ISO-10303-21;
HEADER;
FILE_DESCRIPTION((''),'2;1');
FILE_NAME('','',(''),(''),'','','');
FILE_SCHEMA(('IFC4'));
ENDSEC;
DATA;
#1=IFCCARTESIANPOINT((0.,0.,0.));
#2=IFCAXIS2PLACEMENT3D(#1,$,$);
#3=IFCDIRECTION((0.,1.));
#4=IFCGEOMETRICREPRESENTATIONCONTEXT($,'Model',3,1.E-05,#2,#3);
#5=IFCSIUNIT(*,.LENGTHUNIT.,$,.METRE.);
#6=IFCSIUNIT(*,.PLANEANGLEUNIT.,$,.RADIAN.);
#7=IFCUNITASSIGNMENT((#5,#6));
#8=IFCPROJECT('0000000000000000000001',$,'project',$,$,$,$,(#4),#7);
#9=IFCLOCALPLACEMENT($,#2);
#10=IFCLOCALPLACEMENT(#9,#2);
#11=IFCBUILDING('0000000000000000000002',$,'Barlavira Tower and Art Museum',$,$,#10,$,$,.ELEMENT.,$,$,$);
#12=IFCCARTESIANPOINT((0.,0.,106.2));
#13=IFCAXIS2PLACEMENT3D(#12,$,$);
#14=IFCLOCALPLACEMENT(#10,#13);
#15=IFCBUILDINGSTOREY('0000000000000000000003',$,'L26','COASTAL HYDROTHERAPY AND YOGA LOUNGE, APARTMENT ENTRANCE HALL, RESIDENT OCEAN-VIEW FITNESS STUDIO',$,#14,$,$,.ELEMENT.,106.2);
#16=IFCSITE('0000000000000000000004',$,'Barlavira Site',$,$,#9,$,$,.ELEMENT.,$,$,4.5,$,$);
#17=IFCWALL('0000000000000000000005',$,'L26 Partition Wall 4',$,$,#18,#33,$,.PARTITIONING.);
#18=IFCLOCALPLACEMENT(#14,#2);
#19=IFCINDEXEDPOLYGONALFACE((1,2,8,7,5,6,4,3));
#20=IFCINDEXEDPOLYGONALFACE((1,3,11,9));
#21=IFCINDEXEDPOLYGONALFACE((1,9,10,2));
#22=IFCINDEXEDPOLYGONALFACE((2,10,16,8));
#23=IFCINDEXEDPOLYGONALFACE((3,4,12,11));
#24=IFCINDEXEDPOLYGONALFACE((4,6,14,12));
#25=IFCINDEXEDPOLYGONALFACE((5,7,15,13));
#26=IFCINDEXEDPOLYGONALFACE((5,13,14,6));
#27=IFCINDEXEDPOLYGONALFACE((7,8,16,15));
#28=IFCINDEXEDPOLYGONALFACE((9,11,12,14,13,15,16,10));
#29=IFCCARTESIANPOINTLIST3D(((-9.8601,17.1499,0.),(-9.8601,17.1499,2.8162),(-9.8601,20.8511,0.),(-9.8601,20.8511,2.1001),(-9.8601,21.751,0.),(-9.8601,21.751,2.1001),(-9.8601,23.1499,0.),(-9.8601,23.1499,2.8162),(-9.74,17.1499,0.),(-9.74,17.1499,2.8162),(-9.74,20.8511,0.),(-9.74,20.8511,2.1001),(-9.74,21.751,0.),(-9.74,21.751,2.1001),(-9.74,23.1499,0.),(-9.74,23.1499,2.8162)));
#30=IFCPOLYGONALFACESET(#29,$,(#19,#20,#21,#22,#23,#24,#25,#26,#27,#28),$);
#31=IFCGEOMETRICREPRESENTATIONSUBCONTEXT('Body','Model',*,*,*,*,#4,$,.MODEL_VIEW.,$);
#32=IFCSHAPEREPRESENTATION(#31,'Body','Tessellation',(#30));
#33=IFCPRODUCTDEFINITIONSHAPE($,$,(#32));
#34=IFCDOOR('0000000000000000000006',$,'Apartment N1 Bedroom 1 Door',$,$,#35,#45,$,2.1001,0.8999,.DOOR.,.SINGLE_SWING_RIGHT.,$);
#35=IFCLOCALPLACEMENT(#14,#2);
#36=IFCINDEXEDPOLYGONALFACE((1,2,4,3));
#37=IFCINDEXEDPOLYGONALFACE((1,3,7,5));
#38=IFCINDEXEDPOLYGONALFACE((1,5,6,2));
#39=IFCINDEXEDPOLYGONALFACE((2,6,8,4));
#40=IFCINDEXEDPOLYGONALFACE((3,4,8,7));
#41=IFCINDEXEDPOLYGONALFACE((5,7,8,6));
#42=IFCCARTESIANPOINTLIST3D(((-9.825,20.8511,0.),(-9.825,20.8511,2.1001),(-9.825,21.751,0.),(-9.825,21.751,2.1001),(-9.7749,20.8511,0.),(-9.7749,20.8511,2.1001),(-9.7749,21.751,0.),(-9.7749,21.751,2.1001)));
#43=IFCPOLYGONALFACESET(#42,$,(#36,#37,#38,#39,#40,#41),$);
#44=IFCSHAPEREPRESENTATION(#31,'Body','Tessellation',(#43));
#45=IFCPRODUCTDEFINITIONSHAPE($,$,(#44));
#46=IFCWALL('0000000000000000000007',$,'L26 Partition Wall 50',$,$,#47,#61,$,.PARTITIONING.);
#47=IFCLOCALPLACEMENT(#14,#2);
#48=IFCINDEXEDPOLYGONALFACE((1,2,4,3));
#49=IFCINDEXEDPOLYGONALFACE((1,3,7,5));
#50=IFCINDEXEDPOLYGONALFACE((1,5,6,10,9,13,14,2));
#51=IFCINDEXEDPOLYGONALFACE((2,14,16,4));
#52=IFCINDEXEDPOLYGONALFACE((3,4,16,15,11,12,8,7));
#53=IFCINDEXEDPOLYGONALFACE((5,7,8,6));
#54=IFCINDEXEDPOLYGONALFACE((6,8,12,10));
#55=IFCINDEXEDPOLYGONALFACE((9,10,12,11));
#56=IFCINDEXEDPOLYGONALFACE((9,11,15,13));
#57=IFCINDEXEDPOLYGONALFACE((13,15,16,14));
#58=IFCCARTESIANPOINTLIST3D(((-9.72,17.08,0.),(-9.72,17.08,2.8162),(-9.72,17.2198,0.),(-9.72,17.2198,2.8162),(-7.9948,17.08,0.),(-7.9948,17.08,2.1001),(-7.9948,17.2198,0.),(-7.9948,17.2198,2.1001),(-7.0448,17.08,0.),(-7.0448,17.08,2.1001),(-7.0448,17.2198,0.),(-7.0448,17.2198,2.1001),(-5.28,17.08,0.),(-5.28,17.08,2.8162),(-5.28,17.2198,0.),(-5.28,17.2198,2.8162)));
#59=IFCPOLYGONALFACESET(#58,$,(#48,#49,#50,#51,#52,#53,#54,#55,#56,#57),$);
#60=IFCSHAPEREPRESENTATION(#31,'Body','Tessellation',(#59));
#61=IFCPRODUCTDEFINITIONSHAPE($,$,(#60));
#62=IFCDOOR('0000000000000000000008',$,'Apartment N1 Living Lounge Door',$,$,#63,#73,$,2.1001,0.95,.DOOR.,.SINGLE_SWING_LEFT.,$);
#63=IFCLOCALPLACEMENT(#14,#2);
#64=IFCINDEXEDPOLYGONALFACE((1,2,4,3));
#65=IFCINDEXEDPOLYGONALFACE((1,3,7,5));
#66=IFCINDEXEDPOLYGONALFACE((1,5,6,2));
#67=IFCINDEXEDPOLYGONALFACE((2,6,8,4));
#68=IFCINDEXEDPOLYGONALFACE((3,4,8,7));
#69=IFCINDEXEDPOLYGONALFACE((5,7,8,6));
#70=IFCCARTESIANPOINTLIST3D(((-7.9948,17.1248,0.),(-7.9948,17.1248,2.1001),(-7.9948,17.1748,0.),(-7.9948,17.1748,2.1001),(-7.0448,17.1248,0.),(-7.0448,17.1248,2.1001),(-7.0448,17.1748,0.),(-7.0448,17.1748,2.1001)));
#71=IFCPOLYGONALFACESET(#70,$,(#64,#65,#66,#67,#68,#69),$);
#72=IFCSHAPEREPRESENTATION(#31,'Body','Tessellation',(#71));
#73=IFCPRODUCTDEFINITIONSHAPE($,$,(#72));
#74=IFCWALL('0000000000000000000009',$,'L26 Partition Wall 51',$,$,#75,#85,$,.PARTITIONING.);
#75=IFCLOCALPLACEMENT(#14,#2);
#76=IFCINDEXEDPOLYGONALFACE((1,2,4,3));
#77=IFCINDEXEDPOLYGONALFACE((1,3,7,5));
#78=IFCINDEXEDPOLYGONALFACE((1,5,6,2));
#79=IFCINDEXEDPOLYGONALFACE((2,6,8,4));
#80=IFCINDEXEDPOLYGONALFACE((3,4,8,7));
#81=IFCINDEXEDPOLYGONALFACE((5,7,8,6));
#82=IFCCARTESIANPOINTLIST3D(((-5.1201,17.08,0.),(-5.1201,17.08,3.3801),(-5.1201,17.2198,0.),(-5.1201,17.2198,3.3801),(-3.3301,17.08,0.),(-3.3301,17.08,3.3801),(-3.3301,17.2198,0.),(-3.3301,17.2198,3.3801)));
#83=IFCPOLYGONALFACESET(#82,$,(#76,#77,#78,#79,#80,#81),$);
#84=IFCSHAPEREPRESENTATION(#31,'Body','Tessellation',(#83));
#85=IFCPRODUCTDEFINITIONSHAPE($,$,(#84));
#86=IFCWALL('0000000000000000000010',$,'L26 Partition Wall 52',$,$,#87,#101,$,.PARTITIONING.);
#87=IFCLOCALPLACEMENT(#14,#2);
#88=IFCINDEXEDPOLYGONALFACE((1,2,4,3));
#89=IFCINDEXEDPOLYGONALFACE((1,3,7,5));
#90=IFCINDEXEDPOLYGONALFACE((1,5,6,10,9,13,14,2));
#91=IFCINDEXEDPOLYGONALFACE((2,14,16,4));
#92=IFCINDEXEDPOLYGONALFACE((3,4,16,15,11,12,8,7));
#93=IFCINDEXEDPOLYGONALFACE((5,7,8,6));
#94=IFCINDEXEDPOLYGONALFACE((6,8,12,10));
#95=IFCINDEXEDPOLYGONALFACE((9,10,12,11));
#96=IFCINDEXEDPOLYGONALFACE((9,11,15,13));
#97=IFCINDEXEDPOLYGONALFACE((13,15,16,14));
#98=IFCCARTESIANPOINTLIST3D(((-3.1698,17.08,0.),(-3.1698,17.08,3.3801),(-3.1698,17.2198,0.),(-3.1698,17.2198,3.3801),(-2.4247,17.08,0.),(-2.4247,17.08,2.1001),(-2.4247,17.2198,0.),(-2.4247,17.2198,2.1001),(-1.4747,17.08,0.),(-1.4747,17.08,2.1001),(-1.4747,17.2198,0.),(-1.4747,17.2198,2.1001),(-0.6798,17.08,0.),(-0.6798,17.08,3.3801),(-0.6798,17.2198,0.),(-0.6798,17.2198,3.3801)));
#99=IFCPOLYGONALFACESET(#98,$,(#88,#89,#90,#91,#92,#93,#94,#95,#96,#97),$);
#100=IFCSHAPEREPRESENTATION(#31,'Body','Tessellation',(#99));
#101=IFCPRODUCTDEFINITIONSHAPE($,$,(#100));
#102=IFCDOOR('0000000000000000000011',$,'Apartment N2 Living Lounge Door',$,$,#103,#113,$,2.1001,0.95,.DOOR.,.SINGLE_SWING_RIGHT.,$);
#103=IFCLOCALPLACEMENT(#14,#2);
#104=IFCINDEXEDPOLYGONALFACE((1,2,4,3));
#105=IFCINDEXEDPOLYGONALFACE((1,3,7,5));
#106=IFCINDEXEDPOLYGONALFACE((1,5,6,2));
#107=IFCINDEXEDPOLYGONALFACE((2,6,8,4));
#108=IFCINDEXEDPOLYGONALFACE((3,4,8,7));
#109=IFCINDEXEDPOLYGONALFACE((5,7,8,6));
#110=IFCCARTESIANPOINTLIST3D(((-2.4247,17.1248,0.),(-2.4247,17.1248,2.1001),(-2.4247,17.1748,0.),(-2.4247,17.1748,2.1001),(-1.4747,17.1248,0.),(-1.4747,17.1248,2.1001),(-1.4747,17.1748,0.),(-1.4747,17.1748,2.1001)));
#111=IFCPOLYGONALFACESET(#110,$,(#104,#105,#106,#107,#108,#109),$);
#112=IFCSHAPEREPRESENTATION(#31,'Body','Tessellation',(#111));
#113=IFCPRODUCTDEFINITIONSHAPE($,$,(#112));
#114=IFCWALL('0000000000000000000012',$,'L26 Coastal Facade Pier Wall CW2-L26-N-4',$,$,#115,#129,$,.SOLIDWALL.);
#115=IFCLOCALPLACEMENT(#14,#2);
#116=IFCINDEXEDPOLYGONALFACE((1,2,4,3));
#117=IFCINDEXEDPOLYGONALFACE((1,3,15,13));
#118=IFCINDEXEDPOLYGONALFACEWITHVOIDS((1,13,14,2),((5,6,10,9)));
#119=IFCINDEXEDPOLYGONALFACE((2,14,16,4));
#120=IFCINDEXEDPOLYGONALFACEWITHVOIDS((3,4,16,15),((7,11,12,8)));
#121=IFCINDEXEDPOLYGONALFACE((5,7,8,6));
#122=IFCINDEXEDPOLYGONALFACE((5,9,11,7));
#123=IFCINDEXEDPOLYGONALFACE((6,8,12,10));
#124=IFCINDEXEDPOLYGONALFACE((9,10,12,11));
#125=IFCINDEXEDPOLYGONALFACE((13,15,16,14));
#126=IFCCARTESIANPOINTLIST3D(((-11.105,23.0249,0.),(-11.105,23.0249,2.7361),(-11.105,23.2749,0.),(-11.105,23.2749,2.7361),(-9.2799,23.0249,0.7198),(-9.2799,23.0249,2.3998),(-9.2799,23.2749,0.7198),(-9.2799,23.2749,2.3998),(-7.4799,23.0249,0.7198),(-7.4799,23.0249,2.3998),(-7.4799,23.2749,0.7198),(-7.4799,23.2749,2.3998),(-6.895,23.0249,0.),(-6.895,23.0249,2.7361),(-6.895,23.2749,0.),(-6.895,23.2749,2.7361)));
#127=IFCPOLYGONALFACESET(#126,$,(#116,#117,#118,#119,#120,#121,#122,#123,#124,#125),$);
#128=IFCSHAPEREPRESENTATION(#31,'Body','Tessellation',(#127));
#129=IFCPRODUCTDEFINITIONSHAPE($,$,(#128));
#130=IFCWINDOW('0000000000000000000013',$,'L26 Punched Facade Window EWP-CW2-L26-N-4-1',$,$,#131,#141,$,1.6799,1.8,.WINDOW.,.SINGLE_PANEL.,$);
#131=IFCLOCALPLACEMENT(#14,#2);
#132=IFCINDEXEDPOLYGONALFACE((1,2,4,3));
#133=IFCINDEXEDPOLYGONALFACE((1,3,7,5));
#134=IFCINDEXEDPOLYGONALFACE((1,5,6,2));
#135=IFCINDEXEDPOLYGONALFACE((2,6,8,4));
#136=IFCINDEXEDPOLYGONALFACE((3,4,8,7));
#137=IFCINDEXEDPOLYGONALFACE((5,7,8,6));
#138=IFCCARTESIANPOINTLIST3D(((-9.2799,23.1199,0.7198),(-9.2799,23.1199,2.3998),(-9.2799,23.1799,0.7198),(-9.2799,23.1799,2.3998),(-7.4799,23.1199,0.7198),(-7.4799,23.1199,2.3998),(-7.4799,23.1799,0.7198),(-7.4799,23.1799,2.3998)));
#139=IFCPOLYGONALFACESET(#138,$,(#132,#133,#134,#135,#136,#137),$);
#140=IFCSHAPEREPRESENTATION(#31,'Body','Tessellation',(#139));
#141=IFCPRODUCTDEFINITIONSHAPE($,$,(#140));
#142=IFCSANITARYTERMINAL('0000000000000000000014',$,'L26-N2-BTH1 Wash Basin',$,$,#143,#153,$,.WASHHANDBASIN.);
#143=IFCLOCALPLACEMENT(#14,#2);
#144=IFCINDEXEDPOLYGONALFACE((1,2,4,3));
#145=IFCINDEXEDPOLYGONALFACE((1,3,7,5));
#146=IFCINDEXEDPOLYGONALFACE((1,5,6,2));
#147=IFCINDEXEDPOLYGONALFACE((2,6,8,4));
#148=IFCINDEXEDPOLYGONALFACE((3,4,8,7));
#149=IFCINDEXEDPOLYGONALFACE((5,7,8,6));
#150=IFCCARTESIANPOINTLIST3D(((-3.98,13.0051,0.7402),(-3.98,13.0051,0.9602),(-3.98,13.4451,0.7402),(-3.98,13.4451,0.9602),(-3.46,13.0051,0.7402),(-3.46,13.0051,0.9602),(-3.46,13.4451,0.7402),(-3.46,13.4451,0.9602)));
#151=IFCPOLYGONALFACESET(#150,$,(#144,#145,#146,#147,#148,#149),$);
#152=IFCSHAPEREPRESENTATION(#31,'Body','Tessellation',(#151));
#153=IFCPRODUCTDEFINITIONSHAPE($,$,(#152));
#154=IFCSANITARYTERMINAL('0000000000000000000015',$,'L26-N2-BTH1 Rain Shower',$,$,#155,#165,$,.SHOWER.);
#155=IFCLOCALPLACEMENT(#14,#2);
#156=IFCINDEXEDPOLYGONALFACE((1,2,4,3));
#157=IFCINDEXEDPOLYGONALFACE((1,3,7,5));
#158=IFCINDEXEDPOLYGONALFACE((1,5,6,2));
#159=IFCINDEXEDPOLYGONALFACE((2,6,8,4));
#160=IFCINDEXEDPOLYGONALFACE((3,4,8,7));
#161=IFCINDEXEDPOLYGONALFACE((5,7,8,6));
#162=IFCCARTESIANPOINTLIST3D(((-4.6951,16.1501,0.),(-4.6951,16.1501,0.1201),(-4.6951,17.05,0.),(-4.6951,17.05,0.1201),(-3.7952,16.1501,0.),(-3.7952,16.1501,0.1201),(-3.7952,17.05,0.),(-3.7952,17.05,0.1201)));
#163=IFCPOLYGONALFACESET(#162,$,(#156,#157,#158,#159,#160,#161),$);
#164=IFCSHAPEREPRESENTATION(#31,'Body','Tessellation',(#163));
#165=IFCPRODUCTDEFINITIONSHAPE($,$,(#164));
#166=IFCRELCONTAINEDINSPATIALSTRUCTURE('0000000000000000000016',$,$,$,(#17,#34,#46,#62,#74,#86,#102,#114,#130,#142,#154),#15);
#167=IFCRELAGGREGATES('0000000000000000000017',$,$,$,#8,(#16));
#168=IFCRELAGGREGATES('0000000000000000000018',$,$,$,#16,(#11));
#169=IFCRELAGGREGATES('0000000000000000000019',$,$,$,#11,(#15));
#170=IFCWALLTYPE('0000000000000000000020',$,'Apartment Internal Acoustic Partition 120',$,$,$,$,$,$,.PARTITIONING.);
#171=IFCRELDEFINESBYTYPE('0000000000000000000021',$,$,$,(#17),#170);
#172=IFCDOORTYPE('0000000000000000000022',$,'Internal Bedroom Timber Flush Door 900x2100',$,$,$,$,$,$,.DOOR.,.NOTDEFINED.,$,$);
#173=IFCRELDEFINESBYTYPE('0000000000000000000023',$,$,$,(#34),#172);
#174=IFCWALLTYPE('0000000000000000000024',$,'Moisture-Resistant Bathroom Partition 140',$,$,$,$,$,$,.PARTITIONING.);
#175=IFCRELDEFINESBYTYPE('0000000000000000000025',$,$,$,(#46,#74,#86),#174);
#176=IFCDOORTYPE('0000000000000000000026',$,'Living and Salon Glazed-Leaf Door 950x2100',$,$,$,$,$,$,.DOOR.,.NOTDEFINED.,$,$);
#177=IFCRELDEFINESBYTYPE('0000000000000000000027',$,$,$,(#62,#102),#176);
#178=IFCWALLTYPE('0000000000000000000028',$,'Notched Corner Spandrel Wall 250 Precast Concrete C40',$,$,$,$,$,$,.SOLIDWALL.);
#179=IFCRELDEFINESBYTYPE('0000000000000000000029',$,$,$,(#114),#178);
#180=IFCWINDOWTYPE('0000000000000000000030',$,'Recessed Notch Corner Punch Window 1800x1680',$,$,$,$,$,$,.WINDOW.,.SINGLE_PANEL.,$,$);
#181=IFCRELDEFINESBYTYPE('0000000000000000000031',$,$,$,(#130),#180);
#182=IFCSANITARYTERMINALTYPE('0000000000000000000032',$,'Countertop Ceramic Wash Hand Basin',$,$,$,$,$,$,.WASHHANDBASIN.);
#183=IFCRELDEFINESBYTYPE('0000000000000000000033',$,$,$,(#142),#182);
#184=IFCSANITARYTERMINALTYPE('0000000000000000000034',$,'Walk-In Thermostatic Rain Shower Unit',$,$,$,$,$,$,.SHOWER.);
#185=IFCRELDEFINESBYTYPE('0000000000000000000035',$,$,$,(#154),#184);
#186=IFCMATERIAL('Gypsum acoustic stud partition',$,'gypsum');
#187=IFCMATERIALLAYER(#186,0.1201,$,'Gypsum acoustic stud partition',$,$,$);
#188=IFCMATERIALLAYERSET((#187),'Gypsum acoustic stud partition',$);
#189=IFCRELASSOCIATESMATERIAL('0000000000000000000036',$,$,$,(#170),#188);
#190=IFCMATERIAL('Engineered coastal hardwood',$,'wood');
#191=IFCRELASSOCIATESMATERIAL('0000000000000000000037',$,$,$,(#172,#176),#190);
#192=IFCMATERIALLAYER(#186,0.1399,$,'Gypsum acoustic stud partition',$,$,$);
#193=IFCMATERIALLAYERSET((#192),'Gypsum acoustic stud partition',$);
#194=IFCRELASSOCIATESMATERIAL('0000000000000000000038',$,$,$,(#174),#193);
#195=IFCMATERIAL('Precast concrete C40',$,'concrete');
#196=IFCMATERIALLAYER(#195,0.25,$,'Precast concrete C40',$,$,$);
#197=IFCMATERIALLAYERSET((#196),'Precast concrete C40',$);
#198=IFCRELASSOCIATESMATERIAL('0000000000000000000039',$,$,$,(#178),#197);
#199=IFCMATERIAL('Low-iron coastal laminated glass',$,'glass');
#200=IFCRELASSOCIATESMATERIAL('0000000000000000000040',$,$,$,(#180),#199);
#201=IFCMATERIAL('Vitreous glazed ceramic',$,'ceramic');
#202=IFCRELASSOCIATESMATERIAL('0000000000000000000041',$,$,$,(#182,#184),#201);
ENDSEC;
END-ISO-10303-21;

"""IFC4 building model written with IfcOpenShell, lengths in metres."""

from ifc_helpers import new_model, si_unit, direction, frame, frame_2d, origin, origin_2d, place, context, subcontext, project, spatial, rectangle, extrude, material, layer, layer_set, type_object, element, fill, save


model = new_model("IFC4")

# Units and contexts
model_context = context("Model", 3, precision=1e-05, world=origin(), true_north=direction((0.0, 1.0)))
body_context = subcontext(model_context, "Body", "Model", "MODEL_VIEW")
ifc_project = project(units=[si_unit("LENGTHUNIT", "METRE"), si_unit("PLANEANGLEUNIT", "RADIAN")], contexts=[model_context])

# Site, building, storey
site_placement = place(None, origin())
site = spatial("IfcSite", under=ifc_project, at=site_placement, Name="Barlavira Site", CompositionType="ELEMENT", RefElevation=4.5)
building_placement = place(site_placement, origin())
building = spatial("IfcBuilding", under=site, at=building_placement, Name="Barlavira Tower and Art Museum", CompositionType="ELEMENT")
storey_placement = place(building_placement, frame((0.0, 0.0, 106.2)))
storey = spatial("IfcBuildingStorey", under=building, at=storey_placement, Name="L26", Description="COASTAL HYDROTHERAPY AND YOGA LOUNGE, APARTMENT ENTRANCE HALL, RESIDENT OCEAN-VIEW FITNESS STUDIO", CompositionType="ELEMENT", Elevation=106.2)

# Shared definitions
ifc_material_1 = material(Name="Low-iron coastal laminated glass", Category="glass")

# Walls, openings, doors
ifc_material_2 = material(Name="Gypsum acoustic stud partition", Category="gypsum")
ifc_layer_1 = layer(ifc_material_2, 0.1201, Name="Gypsum acoustic stud partition")
ifc_layer_set_1 = layer_set([ifc_layer_1], Name="Gypsum acoustic stud partition")
wall_type_1 = type_object("IfcWallType", Name="Apartment Internal Acoustic Partition 120", PredefinedType="PARTITIONING", material=ifc_layer_set_1)
wall_1_placement = place(storey_placement, frame((-9.8, 17.1499, 0.0), z_axis=(0.0, 0.0, 1.0), x_axis=(0.0, 1.0, 0.0)))
wall_1 = element("IfcWall", 1, at=wall_1_placement, inside=storey, type_object=wall_type_1, Name="L26 Partition Wall 4", PredefinedType="PARTITIONING", context=body_context, shape_type="SweptSolid", body=[
    extrude(rectangle(XDim=6.0, YDim=0.1201, at=frame_2d((3.0, 0.0))), origin(), (0.0, 0.0, 1.0), 2.8162),
])
opening_1_placement = place(wall_1_placement, frame((3.7012, 0.0, 0.0)))
opening_1 = element("IfcOpeningElement", 2, at=opening_1_placement, cuts=wall_1, PredefinedType="OPENING", context=body_context, shape_type="SweptSolid", body=[
    extrude(rectangle(XDim=0.8999, YDim=2.1001, at=frame_2d((0.45, 1.05))), frame((0.0, 0.0701, 0.0), z_axis=(0.0, -1.0, 0.0), x_axis=(1.0, 0.0, 0.0)), (0.0, 0.0, 1.0), 0.1401),
])
ifc_material_3 = material(Name="Engineered coastal hardwood", Category="wood")
door_type_1 = type_object("IfcDoorType", Name="Internal Bedroom Timber Flush Door 900x2100", OperationType="NOTDEFINED", PredefinedType="DOOR", material=ifc_material_3)
door_1_placement = place(opening_1_placement, origin())
door_1 = element("IfcDoor", 3, at=door_1_placement, inside=storey, type_object=door_type_1, Name="Apartment N1 Bedroom 1 Door", OperationType="SINGLE_SWING_RIGHT", OverallHeight=2.1001, OverallWidth=0.8999, PredefinedType="DOOR", context=body_context, shape_type="SweptSolid", body=[
    extrude(rectangle(XDim=0.8999, YDim=2.1001, at=frame_2d((0.45, 1.05))), frame((0.0, 0.0249, 0.0), z_axis=(0.0, -1.0, 0.0), x_axis=(1.0, 0.0, 0.0)), (0.0, 0.0, 1.0), 0.05),
])
fill(opening_1, door_1)
ifc_layer_2 = layer(ifc_material_2, 0.1399, Name="Gypsum acoustic stud partition")
ifc_layer_set_2 = layer_set([ifc_layer_2], Name="Gypsum acoustic stud partition")
wall_type_2 = type_object("IfcWallType", Name="Moisture-Resistant Bathroom Partition 140", PredefinedType="PARTITIONING", material=ifc_layer_set_2)
wall_2_placement = place(storey_placement, frame((-9.72, 17.1499, 0.0), z_axis=(0.0, 0.0, 1.0), x_axis=(1.0, 0.0, 0.0)))
wall_2 = element("IfcWall", 4, at=wall_2_placement, inside=storey, type_object=wall_type_2, Name="L26 Partition Wall 50", PredefinedType="PARTITIONING", context=body_context, shape_type="SweptSolid", body=[
    extrude(rectangle(XDim=4.4399, YDim=0.1399, at=frame_2d((2.22, 0.0))), origin(), (0.0, 0.0, 1.0), 2.8162),
])
opening_2_placement = place(wall_2_placement, frame((1.7251, 0.0, 0.0)))
opening_2 = element("IfcOpeningElement", 5, at=opening_2_placement, cuts=wall_2, PredefinedType="OPENING", context=body_context, shape_type="SweptSolid", body=[
    extrude(rectangle(XDim=0.95, YDim=2.1001, at=frame_2d((0.4751, 1.05))), frame((0.0, 0.0801, 0.0), z_axis=(0.0, -1.0, 0.0), x_axis=(1.0, 0.0, 0.0)), (0.0, 0.0, 1.0), 0.1599),
])
door_type_2 = type_object("IfcDoorType", Name="Living and Salon Glazed-Leaf Door 950x2100", OperationType="NOTDEFINED", PredefinedType="DOOR", material=ifc_material_3)
door_2_placement = place(opening_2_placement, origin())
door_2 = element("IfcDoor", 6, at=door_2_placement, inside=storey, type_object=door_type_2, Name="Apartment N1 Living Lounge Door", OperationType="SINGLE_SWING_LEFT", OverallHeight=2.1001, OverallWidth=0.95, PredefinedType="DOOR", context=body_context, shape_type="SweptSolid", body=[
    extrude(rectangle(XDim=0.95, YDim=2.1001, at=frame_2d((0.4751, 1.05))), frame((0.0, 0.0249, 0.0), z_axis=(0.0, -1.0, 0.0), x_axis=(1.0, 0.0, 0.0)), (0.0, 0.0, 1.0), 0.05),
])
fill(opening_2, door_2)

# Wall
wall_3_placement = place(storey_placement, frame((-5.1201, 17.1499, 0.0), z_axis=(0.0, 0.0, 1.0), x_axis=(1.0, 0.0, 0.0)))
element("IfcWall", 7, at=wall_3_placement, inside=storey, type_object=wall_type_2, Name="L26 Partition Wall 51", PredefinedType="PARTITIONING", context=body_context, shape_type="SweptSolid", body=[
    extrude(rectangle(XDim=1.79, YDim=0.1399, at=frame_2d((0.895, 0.0))), origin(), (0.0, 0.0, 1.0), 3.3801),
])

# Wall, opening, door
wall_4_placement = place(storey_placement, frame((-3.1699, 17.1499, 0.0), z_axis=(0.0, 0.0, 1.0), x_axis=(1.0, 0.0, 0.0)))
wall_4 = element("IfcWall", 8, at=wall_4_placement, inside=storey, type_object=wall_type_2, Name="L26 Partition Wall 52", PredefinedType="PARTITIONING", context=body_context, shape_type="SweptSolid", body=[
    extrude(rectangle(XDim=2.49, YDim=0.1399, at=frame_2d((1.2451, 0.0))), origin(), (0.0, 0.0, 1.0), 3.3801),
])
opening_3_placement = place(wall_4_placement, frame((0.7451, 0.0, 0.0)))
opening_3 = element("IfcOpeningElement", 9, at=opening_3_placement, cuts=wall_4, PredefinedType="OPENING", context=body_context, shape_type="SweptSolid", body=[
    extrude(rectangle(XDim=0.95, YDim=2.1001, at=frame_2d((0.4751, 1.05))), frame((0.0, 0.0801, 0.0), z_axis=(0.0, -1.0, 0.0), x_axis=(1.0, 0.0, 0.0)), (0.0, 0.0, 1.0), 0.1599),
])
door_3_placement = place(opening_3_placement, origin())
door_3 = element("IfcDoor", 10, at=door_3_placement, inside=storey, type_object=door_type_2, Name="Apartment N2 Living Lounge Door", OperationType="SINGLE_SWING_RIGHT", OverallHeight=2.1001, OverallWidth=0.95, PredefinedType="DOOR", context=body_context, shape_type="SweptSolid", body=[
    extrude(rectangle(XDim=0.95, YDim=2.1001, at=frame_2d((0.4751, 1.05))), frame((0.0, 0.0249, 0.0), z_axis=(0.0, -1.0, 0.0), x_axis=(1.0, 0.0, 0.0)), (0.0, 0.0, 1.0), 0.05),
])
fill(opening_3, door_3)

# Wall, opening, window
ifc_material_4 = material(Name="Precast concrete C40", Category="concrete")
ifc_layer_3 = layer(ifc_material_4, 0.25, Name="Precast concrete C40")
ifc_layer_set_3 = layer_set([ifc_layer_3], Name="Precast concrete C40")
wall_type_3 = type_object("IfcWallType", Name="Notched Corner Spandrel Wall 250 Precast Concrete C40", PredefinedType="SOLIDWALL", material=ifc_layer_set_3)
wall_5_placement = place(storey_placement, frame((-6.895, 23.1499, 0.0), z_axis=(0.0, 0.0, 1.0), x_axis=(-1.0, 0.0, 0.0)))
wall_5 = element("IfcWall", 11, at=wall_5_placement, inside=storey, type_object=wall_type_3, Name="L26 Coastal Facade Pier Wall CW2-L26-N-4", PredefinedType="SOLIDWALL", context=body_context, shape_type="SweptSolid", body=[
    extrude(rectangle(XDim=4.21, YDim=0.25, at=frame_2d((2.105, 0.0))), origin(), (0.0, 0.0, 1.0), 2.7361),
])
opening_4_placement = place(wall_5_placement, frame((0.585, 0.0, 0.72)))
opening_4 = element("IfcOpeningElement", 12, at=opening_4_placement, cuts=wall_5, PredefinedType="OPENING", context=body_context, shape_type="SweptSolid", body=[
    extrude(rectangle(XDim=1.8, YDim=1.6799, at=frame_2d((0.8999, 0.8398))), frame((0.0, 0.135, 0.0), z_axis=(0.0, -1.0, 0.0), x_axis=(1.0, 0.0, 0.0)), (0.0, 0.0, 1.0), 0.27),
])
window_type = type_object("IfcWindowType", Name="Recessed Notch Corner Punch Window 1800x1680", PartitioningType="SINGLE_PANEL", PredefinedType="WINDOW", material=ifc_material_1)
window_placement = place(opening_4_placement, origin())
window = element("IfcWindow", 13, at=window_placement, inside=storey, type_object=window_type, Name="L26 Punched Facade Window EWP-CW2-L26-N-4-1", OverallHeight=1.6799, OverallWidth=1.8, PartitioningType="SINGLE_PANEL", PredefinedType="WINDOW", context=body_context, shape_type="SweptSolid", body=[
    extrude(rectangle(XDim=1.8, YDim=1.6799, at=frame_2d((0.8999, 0.8398))), frame((0.0, 0.03, 0.0), z_axis=(0.0, -1.0, 0.0), x_axis=(1.0, 0.0, 0.0)), (0.0, 0.0, 1.0), 0.0601),
])
fill(opening_4, window)

# Sanitary terminals
ifc_material_5 = material(Name="Vitreous glazed ceramic", Category="ceramic")
sanitary_terminal_type_1 = type_object("IfcSanitaryTerminalType", Name="Countertop Ceramic Wash Hand Basin", PredefinedType="WASHHANDBASIN", material=ifc_material_5)
sanitary_terminal_1_placement = place(storey_placement, frame((-3.72, 13.2251, 0.7402), z_axis=(0.0, 0.0, 1.0), x_axis=(1.0, 0.0, 0.0)))
element("IfcSanitaryTerminal", 14, at=sanitary_terminal_1_placement, inside=storey, type_object=sanitary_terminal_type_1, Name="L26-N2-BTH1 Wash Basin", PredefinedType="WASHHANDBASIN", context=body_context, shape_type="SweptSolid", body=[
    extrude(rectangle(XDim=0.52, YDim=0.4399, at=origin_2d()), origin(), (0.0, 0.0, 1.0), 0.22),
])
sanitary_terminal_type_2 = type_object("IfcSanitaryTerminalType", Name="Walk-In Thermostatic Rain Shower Unit", PredefinedType="SHOWER", material=ifc_material_5)
sanitary_terminal_2_placement = place(storey_placement, frame((-4.2451, 16.6001, 0.0), z_axis=(0.0, 0.0, 1.0), x_axis=(1.0, 0.0, 0.0)))
element("IfcSanitaryTerminal", 15, at=sanitary_terminal_2_placement, inside=storey, type_object=sanitary_terminal_type_2, Name="L26-N2-BTH1 Rain Shower", PredefinedType="SHOWER", context=body_context, shape_type="SweptSolid", body=[
    extrude(rectangle(XDim=0.8999, YDim=0.8999, at=origin_2d()), origin(), (0.0, 0.0, 1.0), 0.1201),
])

save(model, "model.ifc")
